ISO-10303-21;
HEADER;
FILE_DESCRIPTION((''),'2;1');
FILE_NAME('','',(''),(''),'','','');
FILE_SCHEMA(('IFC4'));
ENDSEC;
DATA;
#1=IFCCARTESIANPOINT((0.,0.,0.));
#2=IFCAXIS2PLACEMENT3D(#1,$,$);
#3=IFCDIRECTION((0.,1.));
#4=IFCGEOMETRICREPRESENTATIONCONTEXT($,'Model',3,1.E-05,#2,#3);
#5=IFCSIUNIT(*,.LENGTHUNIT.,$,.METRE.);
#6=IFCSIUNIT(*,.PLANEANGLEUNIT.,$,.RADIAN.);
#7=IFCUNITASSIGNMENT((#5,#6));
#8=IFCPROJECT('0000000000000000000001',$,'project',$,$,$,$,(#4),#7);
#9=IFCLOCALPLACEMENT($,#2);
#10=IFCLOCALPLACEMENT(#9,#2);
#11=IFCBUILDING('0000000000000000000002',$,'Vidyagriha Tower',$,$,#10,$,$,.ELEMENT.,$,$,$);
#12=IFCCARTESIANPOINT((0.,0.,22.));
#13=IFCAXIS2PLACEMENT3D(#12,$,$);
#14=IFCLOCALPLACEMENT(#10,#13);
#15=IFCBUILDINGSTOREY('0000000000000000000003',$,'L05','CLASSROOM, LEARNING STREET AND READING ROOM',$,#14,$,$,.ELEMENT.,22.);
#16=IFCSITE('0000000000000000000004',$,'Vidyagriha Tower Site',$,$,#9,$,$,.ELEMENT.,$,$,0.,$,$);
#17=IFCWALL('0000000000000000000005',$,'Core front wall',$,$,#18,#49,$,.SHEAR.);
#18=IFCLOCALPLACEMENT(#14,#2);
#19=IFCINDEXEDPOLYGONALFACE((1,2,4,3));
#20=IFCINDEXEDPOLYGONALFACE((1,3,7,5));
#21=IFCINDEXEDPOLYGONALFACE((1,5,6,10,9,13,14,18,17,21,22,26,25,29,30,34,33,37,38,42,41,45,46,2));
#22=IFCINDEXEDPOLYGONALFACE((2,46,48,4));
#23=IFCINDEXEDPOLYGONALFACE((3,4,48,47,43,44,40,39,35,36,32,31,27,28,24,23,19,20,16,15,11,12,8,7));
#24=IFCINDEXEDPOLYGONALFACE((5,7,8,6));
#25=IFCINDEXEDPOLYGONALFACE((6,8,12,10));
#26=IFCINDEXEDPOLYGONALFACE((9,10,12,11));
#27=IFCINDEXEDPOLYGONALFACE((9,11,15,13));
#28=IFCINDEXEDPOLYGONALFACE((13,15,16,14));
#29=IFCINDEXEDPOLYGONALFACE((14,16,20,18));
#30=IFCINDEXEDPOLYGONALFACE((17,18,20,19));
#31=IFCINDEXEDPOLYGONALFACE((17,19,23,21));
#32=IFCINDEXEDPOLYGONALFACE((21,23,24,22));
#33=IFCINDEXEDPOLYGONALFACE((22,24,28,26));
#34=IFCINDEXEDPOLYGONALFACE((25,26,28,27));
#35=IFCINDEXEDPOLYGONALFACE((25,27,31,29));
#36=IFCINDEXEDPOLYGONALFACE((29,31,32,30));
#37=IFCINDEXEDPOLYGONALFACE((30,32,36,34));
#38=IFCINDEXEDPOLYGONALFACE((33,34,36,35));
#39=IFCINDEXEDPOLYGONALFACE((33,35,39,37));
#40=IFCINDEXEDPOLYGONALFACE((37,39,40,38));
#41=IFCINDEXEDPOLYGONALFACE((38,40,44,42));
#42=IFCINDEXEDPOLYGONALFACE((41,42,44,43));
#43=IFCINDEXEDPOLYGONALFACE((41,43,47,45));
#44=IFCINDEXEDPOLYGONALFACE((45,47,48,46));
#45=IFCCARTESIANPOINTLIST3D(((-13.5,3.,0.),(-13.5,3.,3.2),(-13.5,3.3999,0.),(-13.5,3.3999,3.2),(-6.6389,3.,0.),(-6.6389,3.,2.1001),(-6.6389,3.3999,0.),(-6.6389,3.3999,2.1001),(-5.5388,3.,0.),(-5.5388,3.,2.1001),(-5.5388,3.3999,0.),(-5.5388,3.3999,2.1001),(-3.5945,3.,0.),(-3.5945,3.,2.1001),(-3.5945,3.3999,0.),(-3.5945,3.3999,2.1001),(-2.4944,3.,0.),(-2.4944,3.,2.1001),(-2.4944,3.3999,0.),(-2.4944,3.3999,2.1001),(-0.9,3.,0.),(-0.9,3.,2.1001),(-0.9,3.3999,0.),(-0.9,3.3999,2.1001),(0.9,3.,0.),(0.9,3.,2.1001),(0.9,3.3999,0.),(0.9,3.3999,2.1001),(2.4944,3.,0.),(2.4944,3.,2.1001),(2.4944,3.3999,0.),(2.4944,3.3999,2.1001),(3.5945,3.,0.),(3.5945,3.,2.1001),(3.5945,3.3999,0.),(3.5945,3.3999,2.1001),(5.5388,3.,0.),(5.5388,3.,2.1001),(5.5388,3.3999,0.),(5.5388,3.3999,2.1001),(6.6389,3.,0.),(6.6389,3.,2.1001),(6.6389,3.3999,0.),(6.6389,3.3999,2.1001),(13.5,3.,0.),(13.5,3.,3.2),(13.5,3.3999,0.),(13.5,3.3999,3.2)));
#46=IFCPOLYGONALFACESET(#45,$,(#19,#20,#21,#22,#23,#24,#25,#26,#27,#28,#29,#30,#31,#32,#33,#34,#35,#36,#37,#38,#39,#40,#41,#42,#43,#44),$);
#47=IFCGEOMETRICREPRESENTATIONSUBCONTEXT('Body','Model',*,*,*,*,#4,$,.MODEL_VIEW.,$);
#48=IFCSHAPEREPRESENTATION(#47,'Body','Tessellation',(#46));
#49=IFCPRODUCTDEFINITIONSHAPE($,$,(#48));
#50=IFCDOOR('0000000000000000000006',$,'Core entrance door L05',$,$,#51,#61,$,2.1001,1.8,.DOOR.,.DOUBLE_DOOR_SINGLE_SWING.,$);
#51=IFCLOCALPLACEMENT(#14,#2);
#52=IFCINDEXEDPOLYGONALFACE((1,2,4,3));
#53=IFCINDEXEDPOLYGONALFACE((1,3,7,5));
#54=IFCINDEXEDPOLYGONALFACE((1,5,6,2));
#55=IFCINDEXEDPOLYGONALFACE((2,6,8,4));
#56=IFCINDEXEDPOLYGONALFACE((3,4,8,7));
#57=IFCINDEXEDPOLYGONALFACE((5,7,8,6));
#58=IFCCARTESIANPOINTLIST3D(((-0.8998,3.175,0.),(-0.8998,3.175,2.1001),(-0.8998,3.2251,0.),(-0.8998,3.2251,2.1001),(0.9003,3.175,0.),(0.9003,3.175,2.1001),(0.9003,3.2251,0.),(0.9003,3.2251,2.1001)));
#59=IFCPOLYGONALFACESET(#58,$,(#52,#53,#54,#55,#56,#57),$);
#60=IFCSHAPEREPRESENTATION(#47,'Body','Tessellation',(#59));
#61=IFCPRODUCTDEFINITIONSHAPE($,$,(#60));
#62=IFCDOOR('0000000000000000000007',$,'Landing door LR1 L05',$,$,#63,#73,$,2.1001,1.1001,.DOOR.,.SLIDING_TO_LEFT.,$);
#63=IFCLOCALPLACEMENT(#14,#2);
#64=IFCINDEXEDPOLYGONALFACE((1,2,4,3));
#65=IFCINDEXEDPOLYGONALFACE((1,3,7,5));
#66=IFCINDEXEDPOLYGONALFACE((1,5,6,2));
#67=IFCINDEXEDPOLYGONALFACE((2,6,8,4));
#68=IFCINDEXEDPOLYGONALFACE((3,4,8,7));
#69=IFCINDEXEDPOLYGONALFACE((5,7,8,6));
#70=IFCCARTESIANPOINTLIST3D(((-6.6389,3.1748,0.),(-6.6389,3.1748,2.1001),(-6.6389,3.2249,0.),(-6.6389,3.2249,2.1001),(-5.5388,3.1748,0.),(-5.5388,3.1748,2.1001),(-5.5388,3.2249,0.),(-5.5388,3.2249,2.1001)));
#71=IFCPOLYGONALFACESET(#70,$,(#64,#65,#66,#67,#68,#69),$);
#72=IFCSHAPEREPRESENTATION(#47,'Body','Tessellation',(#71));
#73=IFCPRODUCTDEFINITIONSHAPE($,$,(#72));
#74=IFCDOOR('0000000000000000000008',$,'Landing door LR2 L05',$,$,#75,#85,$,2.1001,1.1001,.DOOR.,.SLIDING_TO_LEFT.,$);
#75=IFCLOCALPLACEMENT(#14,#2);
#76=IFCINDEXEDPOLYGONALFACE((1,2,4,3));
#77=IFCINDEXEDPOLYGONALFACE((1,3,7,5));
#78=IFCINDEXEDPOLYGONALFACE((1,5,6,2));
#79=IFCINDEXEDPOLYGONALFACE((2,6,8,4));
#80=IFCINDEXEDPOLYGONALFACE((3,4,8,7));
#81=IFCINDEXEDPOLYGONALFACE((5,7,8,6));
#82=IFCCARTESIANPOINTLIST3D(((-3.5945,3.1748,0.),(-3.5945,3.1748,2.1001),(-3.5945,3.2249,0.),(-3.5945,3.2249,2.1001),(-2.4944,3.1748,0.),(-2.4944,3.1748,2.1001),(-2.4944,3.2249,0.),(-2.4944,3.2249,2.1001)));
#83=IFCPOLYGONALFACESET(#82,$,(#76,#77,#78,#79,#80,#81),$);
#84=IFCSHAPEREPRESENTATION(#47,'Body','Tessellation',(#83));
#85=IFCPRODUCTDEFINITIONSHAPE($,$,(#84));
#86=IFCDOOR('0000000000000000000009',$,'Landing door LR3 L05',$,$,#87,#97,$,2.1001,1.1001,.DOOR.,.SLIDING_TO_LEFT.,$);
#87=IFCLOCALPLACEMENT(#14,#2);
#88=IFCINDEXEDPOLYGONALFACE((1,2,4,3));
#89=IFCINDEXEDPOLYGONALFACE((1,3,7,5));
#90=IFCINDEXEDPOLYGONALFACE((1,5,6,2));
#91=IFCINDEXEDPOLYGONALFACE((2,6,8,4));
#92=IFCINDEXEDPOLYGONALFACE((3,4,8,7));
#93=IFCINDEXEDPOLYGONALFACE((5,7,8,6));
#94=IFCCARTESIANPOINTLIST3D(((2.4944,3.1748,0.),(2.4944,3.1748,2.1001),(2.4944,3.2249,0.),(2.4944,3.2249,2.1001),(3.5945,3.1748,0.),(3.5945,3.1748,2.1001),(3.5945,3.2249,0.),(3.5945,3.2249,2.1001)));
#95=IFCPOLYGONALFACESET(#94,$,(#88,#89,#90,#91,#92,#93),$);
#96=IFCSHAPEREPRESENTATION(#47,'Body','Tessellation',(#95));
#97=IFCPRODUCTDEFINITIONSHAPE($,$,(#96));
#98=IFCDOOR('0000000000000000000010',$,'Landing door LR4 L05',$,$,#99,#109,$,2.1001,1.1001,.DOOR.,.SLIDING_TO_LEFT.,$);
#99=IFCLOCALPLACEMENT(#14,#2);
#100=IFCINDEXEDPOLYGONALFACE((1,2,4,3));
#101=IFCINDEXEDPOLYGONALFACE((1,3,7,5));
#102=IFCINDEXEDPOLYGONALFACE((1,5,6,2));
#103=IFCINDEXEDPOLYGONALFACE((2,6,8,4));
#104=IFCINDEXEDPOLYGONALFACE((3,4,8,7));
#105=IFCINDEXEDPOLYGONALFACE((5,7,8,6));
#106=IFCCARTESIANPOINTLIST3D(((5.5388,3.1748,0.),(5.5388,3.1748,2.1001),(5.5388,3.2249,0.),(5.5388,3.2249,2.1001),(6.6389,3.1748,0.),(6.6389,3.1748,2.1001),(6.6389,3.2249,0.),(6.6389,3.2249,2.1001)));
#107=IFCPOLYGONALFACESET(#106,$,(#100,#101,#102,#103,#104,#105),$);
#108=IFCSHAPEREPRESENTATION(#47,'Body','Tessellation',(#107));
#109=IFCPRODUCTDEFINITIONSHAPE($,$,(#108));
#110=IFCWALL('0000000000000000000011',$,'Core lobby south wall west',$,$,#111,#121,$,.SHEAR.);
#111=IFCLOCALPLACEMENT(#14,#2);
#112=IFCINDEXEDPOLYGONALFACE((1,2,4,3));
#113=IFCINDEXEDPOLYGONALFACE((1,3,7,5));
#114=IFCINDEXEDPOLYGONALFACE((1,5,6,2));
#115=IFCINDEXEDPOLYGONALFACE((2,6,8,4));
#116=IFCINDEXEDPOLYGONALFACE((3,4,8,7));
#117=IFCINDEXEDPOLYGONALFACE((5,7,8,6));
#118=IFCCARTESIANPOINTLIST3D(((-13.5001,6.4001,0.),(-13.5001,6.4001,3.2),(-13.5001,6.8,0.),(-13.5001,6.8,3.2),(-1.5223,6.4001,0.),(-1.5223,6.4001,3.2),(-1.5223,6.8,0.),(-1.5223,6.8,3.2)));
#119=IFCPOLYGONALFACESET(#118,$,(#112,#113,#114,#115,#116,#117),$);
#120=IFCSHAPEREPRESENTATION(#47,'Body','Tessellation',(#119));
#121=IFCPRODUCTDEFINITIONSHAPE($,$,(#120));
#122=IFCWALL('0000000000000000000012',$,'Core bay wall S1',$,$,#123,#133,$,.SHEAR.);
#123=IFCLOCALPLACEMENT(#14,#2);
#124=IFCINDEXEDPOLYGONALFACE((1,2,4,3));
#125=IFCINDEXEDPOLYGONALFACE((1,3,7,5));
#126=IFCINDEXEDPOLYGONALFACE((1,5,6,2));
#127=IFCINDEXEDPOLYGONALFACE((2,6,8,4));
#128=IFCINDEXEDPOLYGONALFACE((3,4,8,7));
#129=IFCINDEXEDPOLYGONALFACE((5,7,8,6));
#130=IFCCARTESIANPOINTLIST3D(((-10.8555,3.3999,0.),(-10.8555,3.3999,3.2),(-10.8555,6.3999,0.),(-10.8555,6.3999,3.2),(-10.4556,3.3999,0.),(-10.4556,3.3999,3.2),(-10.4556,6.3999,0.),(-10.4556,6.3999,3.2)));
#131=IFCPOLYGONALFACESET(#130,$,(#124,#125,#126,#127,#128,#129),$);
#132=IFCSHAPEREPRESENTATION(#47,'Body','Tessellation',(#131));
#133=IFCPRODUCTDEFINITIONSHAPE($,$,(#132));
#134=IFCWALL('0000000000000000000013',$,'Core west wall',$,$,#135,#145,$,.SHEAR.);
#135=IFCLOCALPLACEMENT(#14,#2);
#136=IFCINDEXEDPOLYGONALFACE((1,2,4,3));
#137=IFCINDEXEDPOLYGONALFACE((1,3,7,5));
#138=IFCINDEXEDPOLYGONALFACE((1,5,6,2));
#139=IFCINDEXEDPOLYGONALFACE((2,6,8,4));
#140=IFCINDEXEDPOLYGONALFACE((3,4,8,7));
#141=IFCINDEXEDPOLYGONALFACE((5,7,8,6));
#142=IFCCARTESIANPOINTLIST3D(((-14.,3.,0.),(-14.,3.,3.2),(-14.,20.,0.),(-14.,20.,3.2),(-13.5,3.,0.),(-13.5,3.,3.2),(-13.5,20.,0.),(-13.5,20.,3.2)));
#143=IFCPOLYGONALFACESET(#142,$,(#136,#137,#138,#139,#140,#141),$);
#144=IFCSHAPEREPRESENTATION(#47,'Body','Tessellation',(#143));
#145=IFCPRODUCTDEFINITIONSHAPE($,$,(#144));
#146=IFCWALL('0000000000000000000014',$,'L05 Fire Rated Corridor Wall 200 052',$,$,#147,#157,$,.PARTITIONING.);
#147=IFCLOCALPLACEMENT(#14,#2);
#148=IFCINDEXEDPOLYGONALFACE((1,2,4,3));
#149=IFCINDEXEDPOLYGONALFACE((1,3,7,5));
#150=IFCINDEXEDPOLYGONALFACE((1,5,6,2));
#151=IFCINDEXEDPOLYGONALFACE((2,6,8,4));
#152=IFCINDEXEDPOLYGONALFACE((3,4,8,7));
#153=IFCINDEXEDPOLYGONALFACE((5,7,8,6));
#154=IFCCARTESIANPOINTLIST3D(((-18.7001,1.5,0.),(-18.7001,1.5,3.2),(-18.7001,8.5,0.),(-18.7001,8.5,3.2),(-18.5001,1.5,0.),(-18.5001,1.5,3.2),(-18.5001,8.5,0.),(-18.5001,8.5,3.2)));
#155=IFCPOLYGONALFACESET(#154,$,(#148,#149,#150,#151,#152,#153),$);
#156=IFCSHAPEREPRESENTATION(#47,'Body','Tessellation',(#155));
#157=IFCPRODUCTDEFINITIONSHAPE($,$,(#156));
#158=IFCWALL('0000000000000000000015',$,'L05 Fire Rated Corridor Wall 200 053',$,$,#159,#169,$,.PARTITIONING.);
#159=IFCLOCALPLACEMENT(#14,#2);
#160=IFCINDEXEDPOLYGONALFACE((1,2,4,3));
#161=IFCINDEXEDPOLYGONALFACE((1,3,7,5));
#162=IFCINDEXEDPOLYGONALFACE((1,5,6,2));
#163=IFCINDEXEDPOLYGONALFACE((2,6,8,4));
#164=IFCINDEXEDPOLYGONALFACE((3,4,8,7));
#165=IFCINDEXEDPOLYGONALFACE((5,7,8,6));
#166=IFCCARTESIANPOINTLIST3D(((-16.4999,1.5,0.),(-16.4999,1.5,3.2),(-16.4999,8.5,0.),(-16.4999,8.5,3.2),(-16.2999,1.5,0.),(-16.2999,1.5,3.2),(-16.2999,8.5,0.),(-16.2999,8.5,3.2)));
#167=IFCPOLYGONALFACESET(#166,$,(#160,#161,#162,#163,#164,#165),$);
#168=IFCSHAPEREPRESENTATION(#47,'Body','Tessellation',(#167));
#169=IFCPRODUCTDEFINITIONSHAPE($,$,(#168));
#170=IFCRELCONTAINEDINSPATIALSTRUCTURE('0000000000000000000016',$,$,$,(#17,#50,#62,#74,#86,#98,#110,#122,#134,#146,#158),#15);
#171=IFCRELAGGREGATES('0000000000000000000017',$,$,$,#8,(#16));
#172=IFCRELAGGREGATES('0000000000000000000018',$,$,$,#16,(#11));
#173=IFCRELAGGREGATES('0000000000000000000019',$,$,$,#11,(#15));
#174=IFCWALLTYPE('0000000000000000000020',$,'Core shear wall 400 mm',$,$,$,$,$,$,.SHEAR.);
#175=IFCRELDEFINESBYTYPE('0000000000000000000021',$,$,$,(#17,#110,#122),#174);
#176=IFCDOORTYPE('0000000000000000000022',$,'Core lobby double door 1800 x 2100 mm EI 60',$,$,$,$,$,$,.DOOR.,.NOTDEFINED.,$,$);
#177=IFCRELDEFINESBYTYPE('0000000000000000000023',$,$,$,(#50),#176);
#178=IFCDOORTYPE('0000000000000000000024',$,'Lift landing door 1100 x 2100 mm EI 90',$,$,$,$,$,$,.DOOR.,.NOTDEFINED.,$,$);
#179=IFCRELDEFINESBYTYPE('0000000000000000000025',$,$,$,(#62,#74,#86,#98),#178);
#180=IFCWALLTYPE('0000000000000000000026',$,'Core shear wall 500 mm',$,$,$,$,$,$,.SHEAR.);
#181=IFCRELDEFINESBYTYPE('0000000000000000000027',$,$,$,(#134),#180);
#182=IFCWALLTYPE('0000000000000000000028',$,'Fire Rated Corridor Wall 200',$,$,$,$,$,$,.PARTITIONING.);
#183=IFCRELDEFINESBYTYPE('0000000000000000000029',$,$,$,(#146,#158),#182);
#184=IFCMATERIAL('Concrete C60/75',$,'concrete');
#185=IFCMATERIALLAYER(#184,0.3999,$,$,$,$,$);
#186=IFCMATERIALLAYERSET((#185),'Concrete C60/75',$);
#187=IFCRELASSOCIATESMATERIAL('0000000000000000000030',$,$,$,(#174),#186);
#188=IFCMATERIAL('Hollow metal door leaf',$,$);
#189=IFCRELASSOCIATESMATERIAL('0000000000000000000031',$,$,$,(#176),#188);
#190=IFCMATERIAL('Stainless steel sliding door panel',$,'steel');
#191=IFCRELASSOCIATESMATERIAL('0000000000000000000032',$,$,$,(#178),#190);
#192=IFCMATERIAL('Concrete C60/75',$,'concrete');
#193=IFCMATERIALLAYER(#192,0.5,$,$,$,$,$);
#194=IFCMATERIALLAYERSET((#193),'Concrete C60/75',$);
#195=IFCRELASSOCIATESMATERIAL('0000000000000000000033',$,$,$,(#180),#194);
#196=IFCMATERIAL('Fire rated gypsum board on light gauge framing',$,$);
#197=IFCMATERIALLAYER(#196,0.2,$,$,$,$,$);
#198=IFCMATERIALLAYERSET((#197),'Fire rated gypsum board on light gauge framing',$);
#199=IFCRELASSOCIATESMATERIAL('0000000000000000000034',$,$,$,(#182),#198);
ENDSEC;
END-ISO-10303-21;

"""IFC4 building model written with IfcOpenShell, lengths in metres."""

from ifc_helpers import new_model, si_unit, direction, frame, frame_2d, origin, place, context, subcontext, project, spatial, rectangle, extrude, material, layer, layer_set, type_object, element, fill, save


model = new_model("IFC4")

# Units and contexts
model_context = context("Model", 3, precision=1e-05, world=origin(), true_north=direction((0.0, 1.0)))
body_context = subcontext(model_context, "Body", "Model", "MODEL_VIEW")
ifc_project = project(units=[si_unit("LENGTHUNIT", "METRE"), si_unit("PLANEANGLEUNIT", "RADIAN")], contexts=[model_context])

# Site, building, storey
site_placement = place(None, origin())
site = spatial("IfcSite", under=ifc_project, at=site_placement, Name="Vidyagriha Tower Site", CompositionType="ELEMENT", RefElevation=0.0)
building_placement = place(site_placement, origin())
building = spatial("IfcBuilding", under=site, at=building_placement, Name="Vidyagriha Tower", CompositionType="ELEMENT")
storey_placement = place(building_placement, frame((0.0, 0.0, 22.0)))
storey = spatial("IfcBuildingStorey", under=building, at=storey_placement, Name="L05", Description="CLASSROOM, LEARNING STREET AND READING ROOM", CompositionType="ELEMENT", Elevation=22.0)

# Wall, openings, doors
ifc_material_1 = material(Name="Concrete C60/75", Category="concrete")
ifc_layer_1 = layer(ifc_material_1, 0.3999)
ifc_layer_set_1 = layer_set([ifc_layer_1], Name="Concrete C60/75")
wall_type_1 = type_object("IfcWallType", Name="Core shear wall 400 mm", PredefinedType="SHEAR", material=ifc_layer_set_1)
wall_1_placement = place(storey_placement, frame((-13.5, 3.2, 0.0)))
wall_1 = element("IfcWall", 1, at=wall_1_placement, inside=storey, type_object=wall_type_1, Name="Core front wall", PredefinedType="SHEAR", context=body_context, shape_type="SweptSolid", body=[
    extrude(rectangle(XDim=27.0, YDim=0.3999, at=frame_2d((13.5, 0.0))), origin(), (0.0, 0.0, 1.0), 3.2),
])
opening_1_placement = place(wall_1_placement, frame((6.8611, 0.0, 0.0)))
opening_1 = element("IfcOpeningElement", 2, at=opening_1_placement, cuts=wall_1, PredefinedType="OPENING", context=body_context, shape_type="SweptSolid", body=[
    extrude(rectangle(XDim=1.1001, YDim=2.1001, at=frame_2d((0.55, 1.05))), frame((0.0, 0.21, 0.0), z_axis=(0.0, -1.0, 0.0), x_axis=(1.0, 0.0, 0.0)), (0.0, 0.0, 1.0), 0.4199),
])
opening_2_placement = place(wall_1_placement, frame((9.9055, 0.0, 0.0)))
opening_2 = element("IfcOpeningElement", 3, at=opening_2_placement, cuts=wall_1, PredefinedType="OPENING", context=body_context, shape_type="SweptSolid", body=[
    extrude(rectangle(XDim=1.1001, YDim=2.1001, at=frame_2d((0.55, 1.05))), frame((0.0, 0.21, 0.0), z_axis=(0.0, -1.0, 0.0), x_axis=(1.0, 0.0, 0.0)), (0.0, 0.0, 1.0), 0.4199),
])
opening_3_placement = place(wall_1_placement, frame((15.9944, 0.0, 0.0)))
opening_3 = element("IfcOpeningElement", 4, at=opening_3_placement, cuts=wall_1, PredefinedType="OPENING", context=body_context, shape_type="SweptSolid", body=[
    extrude(rectangle(XDim=1.1001, YDim=2.1001, at=frame_2d((0.55, 1.05))), frame((0.0, 0.21, 0.0), z_axis=(0.0, -1.0, 0.0), x_axis=(1.0, 0.0, 0.0)), (0.0, 0.0, 1.0), 0.4199),
])
opening_4_placement = place(wall_1_placement, frame((19.0388, 0.0, 0.0)))
opening_4 = element("IfcOpeningElement", 5, at=opening_4_placement, cuts=wall_1, PredefinedType="OPENING", context=body_context, shape_type="SweptSolid", body=[
    extrude(rectangle(XDim=1.1001, YDim=2.1001, at=frame_2d((0.55, 1.05))), frame((0.0, 0.21, 0.0), z_axis=(0.0, -1.0, 0.0), x_axis=(1.0, 0.0, 0.0)), (0.0, 0.0, 1.0), 0.4199),
])
opening_5_placement = place(wall_1_placement, frame((12.6001, 0.0, 0.0)))
opening_5 = element("IfcOpeningElement", 6, at=opening_5_placement, cuts=wall_1, PredefinedType="OPENING", context=body_context, shape_type="SweptSolid", body=[
    extrude(rectangle(XDim=1.8, YDim=2.1001, at=frame_2d((0.8999, 1.05))), frame((0.0, 0.21, 0.0), z_axis=(0.0, -1.0, 0.0), x_axis=(1.0, 0.0, 0.0)), (0.0, 0.0, 1.0), 0.4199),
])
ifc_material_2 = material(Name="Hollow metal door leaf")
door_type_1 = type_object("IfcDoorType", Name="Core lobby double door 1800 x 2100 mm EI 60", OperationType="NOTDEFINED", PredefinedType="DOOR", material=ifc_material_2)
door_1_placement = place(opening_5_placement, frame((1.8, 0.0, 0.0), z_axis=(0.0, 0.0, 1.0), x_axis=(-1.0, 0.0, 0.0)))
door_1 = element("IfcDoor", 7, at=door_1_placement, inside=storey, type_object=door_type_1, Name="Core entrance door L05", OperationType="DOUBLE_DOOR_SINGLE_SWING", OverallHeight=2.1001, OverallWidth=1.8, PredefinedType="DOOR", context=body_context, shape_type="SweptSolid", body=[
    extrude(rectangle(XDim=1.8, YDim=2.1001, at=frame_2d((0.8999, 1.05))), frame((0.0, 0.0249, 0.0), z_axis=(0.0, -1.0, 0.0), x_axis=(1.0, 0.0, 0.0)), (0.0, 0.0, 1.0), 0.05),
])
fill(opening_5, door_1)
ifc_material_3 = material(Name="Stainless steel sliding door panel", Category="steel")
door_type_2 = type_object("IfcDoorType", Name="Lift landing door 1100 x 2100 mm EI 90", OperationType="NOTDEFINED", PredefinedType="DOOR", material=ifc_material_3)
door_2_placement = place(opening_1_placement, origin())
door_2 = element("IfcDoor", 8, at=door_2_placement, inside=storey, type_object=door_type_2, Name="Landing door LR1 L05", OperationType="SLIDING_TO_LEFT", OverallHeight=2.1001, OverallWidth=1.1001, PredefinedType="DOOR", context=body_context, shape_type="SweptSolid", body=[
    extrude(rectangle(XDim=1.1001, YDim=2.1001, at=frame_2d((0.55, 1.05))), frame((0.0, 0.0249, 0.0), z_axis=(0.0, -1.0, 0.0), x_axis=(1.0, 0.0, 0.0)), (0.0, 0.0, 1.0), 0.05),
])
fill(opening_1, door_2)
door_3_placement = place(opening_2_placement, origin())
door_3 = element("IfcDoor", 9, at=door_3_placement, inside=storey, type_object=door_type_2, Name="Landing door LR2 L05", OperationType="SLIDING_TO_LEFT", OverallHeight=2.1001, OverallWidth=1.1001, PredefinedType="DOOR", context=body_context, shape_type="SweptSolid", body=[
    extrude(rectangle(XDim=1.1001, YDim=2.1001, at=frame_2d((0.55, 1.05))), frame((0.0, 0.0249, 0.0), z_axis=(0.0, -1.0, 0.0), x_axis=(1.0, 0.0, 0.0)), (0.0, 0.0, 1.0), 0.05),
])
fill(opening_2, door_3)
door_4_placement = place(opening_3_placement, origin())
door_4 = element("IfcDoor", 10, at=door_4_placement, inside=storey, type_object=door_type_2, Name="Landing door LR3 L05", OperationType="SLIDING_TO_LEFT", OverallHeight=2.1001, OverallWidth=1.1001, PredefinedType="DOOR", context=body_context, shape_type="SweptSolid", body=[
    extrude(rectangle(XDim=1.1001, YDim=2.1001, at=frame_2d((0.55, 1.05))), frame((0.0, 0.0249, 0.0), z_axis=(0.0, -1.0, 0.0), x_axis=(1.0, 0.0, 0.0)), (0.0, 0.0, 1.0), 0.05),
])
fill(opening_3, door_4)
door_5_placement = place(opening_4_placement, origin())
door_5 = element("IfcDoor", 11, at=door_5_placement, inside=storey, type_object=door_type_2, Name="Landing door LR4 L05", OperationType="SLIDING_TO_LEFT", OverallHeight=2.1001, OverallWidth=1.1001, PredefinedType="DOOR", context=body_context, shape_type="SweptSolid", body=[
    extrude(rectangle(XDim=1.1001, YDim=2.1001, at=frame_2d((0.55, 1.05))), frame((0.0, 0.0249, 0.0), z_axis=(0.0, -1.0, 0.0), x_axis=(1.0, 0.0, 0.0)), (0.0, 0.0, 1.0), 0.05),
])
fill(opening_4, door_5)

# Walls
wall_2_placement = place(storey_placement, frame((-13.5, 6.6001, 0.0)))
element("IfcWall", 12, at=wall_2_placement, inside=storey, type_object=wall_type_1, Name="Core lobby south wall west", PredefinedType="SHEAR", context=body_context, shape_type="SweptSolid", body=[
    extrude(rectangle(XDim=11.9778, YDim=0.3999, at=frame_2d((5.9888, 0.0))), origin(), (0.0, 0.0, 1.0), 3.2),
])
wall_3_placement = place(storey_placement, frame((-10.6555, 3.3999, 0.0), z_axis=(0.0, 0.0, 1.0), x_axis=(0.0, 1.0, 0.0)))
element("IfcWall", 13, at=wall_3_placement, inside=storey, type_object=wall_type_1, Name="Core bay wall S1", PredefinedType="SHEAR", context=body_context, shape_type="SweptSolid", body=[
    extrude(rectangle(XDim=3.0, YDim=0.3999, at=frame_2d((1.5, 0.0))), origin(), (0.0, 0.0, 1.0), 3.2),
])
ifc_material_4 = material(Name="Concrete C60/75", Category="concrete")
ifc_layer_2 = layer(ifc_material_4, 0.5)
ifc_layer_set_2 = layer_set([ifc_layer_2], Name="Concrete C60/75")
wall_type_2 = type_object("IfcWallType", Name="Core shear wall 500 mm", PredefinedType="SHEAR", material=ifc_layer_set_2)
wall_4_placement = place(storey_placement, frame((-13.75, 3.0, 0.0), z_axis=(0.0, 0.0, 1.0), x_axis=(0.0, 1.0, 0.0)))
element("IfcWall", 14, at=wall_4_placement, inside=storey, type_object=wall_type_2, Name="Core west wall", PredefinedType="SHEAR", context=body_context, shape_type="SweptSolid", body=[
    extrude(rectangle(XDim=17.0, YDim=0.5, at=frame_2d((8.5, 0.0))), origin(), (0.0, 0.0, 1.0), 3.2),
])
ifc_material_5 = material(Name="Fire rated gypsum board on light gauge framing")
ifc_layer_3 = layer(ifc_material_5, 0.2)
ifc_layer_set_3 = layer_set([ifc_layer_3], Name="Fire rated gypsum board on light gauge framing")
wall_type_3 = type_object("IfcWallType", Name="Fire Rated Corridor Wall 200", PredefinedType="PARTITIONING", material=ifc_layer_set_3)
for number, where, z_axis, x_axis, name in (
    (15, (-18.6001, 1.5, 0.0), (0.0, 0.0, 1.0), (0.0, 1.0, 0.0), "L05 Fire Rated Corridor Wall 200 052"),
    (16, (-16.3999, 1.5, 0.0), (0.0, 0.0, 1.0), (0.0, 1.0, 0.0), "L05 Fire Rated Corridor Wall 200 053"),
):
    element("IfcWall", number, at=place(storey_placement, frame(where, z_axis=z_axis, x_axis=x_axis)), inside=storey, type_object=wall_type_3, Name=name, PredefinedType="PARTITIONING", context=body_context, shape_type="SweptSolid", body=[
        extrude(rectangle(XDim=7.0, YDim=0.2, at=frame_2d((3.5, 0.0))), origin(), (0.0, 0.0, 1.0), 3.2),
    ])

save(model, "model.ifc")
